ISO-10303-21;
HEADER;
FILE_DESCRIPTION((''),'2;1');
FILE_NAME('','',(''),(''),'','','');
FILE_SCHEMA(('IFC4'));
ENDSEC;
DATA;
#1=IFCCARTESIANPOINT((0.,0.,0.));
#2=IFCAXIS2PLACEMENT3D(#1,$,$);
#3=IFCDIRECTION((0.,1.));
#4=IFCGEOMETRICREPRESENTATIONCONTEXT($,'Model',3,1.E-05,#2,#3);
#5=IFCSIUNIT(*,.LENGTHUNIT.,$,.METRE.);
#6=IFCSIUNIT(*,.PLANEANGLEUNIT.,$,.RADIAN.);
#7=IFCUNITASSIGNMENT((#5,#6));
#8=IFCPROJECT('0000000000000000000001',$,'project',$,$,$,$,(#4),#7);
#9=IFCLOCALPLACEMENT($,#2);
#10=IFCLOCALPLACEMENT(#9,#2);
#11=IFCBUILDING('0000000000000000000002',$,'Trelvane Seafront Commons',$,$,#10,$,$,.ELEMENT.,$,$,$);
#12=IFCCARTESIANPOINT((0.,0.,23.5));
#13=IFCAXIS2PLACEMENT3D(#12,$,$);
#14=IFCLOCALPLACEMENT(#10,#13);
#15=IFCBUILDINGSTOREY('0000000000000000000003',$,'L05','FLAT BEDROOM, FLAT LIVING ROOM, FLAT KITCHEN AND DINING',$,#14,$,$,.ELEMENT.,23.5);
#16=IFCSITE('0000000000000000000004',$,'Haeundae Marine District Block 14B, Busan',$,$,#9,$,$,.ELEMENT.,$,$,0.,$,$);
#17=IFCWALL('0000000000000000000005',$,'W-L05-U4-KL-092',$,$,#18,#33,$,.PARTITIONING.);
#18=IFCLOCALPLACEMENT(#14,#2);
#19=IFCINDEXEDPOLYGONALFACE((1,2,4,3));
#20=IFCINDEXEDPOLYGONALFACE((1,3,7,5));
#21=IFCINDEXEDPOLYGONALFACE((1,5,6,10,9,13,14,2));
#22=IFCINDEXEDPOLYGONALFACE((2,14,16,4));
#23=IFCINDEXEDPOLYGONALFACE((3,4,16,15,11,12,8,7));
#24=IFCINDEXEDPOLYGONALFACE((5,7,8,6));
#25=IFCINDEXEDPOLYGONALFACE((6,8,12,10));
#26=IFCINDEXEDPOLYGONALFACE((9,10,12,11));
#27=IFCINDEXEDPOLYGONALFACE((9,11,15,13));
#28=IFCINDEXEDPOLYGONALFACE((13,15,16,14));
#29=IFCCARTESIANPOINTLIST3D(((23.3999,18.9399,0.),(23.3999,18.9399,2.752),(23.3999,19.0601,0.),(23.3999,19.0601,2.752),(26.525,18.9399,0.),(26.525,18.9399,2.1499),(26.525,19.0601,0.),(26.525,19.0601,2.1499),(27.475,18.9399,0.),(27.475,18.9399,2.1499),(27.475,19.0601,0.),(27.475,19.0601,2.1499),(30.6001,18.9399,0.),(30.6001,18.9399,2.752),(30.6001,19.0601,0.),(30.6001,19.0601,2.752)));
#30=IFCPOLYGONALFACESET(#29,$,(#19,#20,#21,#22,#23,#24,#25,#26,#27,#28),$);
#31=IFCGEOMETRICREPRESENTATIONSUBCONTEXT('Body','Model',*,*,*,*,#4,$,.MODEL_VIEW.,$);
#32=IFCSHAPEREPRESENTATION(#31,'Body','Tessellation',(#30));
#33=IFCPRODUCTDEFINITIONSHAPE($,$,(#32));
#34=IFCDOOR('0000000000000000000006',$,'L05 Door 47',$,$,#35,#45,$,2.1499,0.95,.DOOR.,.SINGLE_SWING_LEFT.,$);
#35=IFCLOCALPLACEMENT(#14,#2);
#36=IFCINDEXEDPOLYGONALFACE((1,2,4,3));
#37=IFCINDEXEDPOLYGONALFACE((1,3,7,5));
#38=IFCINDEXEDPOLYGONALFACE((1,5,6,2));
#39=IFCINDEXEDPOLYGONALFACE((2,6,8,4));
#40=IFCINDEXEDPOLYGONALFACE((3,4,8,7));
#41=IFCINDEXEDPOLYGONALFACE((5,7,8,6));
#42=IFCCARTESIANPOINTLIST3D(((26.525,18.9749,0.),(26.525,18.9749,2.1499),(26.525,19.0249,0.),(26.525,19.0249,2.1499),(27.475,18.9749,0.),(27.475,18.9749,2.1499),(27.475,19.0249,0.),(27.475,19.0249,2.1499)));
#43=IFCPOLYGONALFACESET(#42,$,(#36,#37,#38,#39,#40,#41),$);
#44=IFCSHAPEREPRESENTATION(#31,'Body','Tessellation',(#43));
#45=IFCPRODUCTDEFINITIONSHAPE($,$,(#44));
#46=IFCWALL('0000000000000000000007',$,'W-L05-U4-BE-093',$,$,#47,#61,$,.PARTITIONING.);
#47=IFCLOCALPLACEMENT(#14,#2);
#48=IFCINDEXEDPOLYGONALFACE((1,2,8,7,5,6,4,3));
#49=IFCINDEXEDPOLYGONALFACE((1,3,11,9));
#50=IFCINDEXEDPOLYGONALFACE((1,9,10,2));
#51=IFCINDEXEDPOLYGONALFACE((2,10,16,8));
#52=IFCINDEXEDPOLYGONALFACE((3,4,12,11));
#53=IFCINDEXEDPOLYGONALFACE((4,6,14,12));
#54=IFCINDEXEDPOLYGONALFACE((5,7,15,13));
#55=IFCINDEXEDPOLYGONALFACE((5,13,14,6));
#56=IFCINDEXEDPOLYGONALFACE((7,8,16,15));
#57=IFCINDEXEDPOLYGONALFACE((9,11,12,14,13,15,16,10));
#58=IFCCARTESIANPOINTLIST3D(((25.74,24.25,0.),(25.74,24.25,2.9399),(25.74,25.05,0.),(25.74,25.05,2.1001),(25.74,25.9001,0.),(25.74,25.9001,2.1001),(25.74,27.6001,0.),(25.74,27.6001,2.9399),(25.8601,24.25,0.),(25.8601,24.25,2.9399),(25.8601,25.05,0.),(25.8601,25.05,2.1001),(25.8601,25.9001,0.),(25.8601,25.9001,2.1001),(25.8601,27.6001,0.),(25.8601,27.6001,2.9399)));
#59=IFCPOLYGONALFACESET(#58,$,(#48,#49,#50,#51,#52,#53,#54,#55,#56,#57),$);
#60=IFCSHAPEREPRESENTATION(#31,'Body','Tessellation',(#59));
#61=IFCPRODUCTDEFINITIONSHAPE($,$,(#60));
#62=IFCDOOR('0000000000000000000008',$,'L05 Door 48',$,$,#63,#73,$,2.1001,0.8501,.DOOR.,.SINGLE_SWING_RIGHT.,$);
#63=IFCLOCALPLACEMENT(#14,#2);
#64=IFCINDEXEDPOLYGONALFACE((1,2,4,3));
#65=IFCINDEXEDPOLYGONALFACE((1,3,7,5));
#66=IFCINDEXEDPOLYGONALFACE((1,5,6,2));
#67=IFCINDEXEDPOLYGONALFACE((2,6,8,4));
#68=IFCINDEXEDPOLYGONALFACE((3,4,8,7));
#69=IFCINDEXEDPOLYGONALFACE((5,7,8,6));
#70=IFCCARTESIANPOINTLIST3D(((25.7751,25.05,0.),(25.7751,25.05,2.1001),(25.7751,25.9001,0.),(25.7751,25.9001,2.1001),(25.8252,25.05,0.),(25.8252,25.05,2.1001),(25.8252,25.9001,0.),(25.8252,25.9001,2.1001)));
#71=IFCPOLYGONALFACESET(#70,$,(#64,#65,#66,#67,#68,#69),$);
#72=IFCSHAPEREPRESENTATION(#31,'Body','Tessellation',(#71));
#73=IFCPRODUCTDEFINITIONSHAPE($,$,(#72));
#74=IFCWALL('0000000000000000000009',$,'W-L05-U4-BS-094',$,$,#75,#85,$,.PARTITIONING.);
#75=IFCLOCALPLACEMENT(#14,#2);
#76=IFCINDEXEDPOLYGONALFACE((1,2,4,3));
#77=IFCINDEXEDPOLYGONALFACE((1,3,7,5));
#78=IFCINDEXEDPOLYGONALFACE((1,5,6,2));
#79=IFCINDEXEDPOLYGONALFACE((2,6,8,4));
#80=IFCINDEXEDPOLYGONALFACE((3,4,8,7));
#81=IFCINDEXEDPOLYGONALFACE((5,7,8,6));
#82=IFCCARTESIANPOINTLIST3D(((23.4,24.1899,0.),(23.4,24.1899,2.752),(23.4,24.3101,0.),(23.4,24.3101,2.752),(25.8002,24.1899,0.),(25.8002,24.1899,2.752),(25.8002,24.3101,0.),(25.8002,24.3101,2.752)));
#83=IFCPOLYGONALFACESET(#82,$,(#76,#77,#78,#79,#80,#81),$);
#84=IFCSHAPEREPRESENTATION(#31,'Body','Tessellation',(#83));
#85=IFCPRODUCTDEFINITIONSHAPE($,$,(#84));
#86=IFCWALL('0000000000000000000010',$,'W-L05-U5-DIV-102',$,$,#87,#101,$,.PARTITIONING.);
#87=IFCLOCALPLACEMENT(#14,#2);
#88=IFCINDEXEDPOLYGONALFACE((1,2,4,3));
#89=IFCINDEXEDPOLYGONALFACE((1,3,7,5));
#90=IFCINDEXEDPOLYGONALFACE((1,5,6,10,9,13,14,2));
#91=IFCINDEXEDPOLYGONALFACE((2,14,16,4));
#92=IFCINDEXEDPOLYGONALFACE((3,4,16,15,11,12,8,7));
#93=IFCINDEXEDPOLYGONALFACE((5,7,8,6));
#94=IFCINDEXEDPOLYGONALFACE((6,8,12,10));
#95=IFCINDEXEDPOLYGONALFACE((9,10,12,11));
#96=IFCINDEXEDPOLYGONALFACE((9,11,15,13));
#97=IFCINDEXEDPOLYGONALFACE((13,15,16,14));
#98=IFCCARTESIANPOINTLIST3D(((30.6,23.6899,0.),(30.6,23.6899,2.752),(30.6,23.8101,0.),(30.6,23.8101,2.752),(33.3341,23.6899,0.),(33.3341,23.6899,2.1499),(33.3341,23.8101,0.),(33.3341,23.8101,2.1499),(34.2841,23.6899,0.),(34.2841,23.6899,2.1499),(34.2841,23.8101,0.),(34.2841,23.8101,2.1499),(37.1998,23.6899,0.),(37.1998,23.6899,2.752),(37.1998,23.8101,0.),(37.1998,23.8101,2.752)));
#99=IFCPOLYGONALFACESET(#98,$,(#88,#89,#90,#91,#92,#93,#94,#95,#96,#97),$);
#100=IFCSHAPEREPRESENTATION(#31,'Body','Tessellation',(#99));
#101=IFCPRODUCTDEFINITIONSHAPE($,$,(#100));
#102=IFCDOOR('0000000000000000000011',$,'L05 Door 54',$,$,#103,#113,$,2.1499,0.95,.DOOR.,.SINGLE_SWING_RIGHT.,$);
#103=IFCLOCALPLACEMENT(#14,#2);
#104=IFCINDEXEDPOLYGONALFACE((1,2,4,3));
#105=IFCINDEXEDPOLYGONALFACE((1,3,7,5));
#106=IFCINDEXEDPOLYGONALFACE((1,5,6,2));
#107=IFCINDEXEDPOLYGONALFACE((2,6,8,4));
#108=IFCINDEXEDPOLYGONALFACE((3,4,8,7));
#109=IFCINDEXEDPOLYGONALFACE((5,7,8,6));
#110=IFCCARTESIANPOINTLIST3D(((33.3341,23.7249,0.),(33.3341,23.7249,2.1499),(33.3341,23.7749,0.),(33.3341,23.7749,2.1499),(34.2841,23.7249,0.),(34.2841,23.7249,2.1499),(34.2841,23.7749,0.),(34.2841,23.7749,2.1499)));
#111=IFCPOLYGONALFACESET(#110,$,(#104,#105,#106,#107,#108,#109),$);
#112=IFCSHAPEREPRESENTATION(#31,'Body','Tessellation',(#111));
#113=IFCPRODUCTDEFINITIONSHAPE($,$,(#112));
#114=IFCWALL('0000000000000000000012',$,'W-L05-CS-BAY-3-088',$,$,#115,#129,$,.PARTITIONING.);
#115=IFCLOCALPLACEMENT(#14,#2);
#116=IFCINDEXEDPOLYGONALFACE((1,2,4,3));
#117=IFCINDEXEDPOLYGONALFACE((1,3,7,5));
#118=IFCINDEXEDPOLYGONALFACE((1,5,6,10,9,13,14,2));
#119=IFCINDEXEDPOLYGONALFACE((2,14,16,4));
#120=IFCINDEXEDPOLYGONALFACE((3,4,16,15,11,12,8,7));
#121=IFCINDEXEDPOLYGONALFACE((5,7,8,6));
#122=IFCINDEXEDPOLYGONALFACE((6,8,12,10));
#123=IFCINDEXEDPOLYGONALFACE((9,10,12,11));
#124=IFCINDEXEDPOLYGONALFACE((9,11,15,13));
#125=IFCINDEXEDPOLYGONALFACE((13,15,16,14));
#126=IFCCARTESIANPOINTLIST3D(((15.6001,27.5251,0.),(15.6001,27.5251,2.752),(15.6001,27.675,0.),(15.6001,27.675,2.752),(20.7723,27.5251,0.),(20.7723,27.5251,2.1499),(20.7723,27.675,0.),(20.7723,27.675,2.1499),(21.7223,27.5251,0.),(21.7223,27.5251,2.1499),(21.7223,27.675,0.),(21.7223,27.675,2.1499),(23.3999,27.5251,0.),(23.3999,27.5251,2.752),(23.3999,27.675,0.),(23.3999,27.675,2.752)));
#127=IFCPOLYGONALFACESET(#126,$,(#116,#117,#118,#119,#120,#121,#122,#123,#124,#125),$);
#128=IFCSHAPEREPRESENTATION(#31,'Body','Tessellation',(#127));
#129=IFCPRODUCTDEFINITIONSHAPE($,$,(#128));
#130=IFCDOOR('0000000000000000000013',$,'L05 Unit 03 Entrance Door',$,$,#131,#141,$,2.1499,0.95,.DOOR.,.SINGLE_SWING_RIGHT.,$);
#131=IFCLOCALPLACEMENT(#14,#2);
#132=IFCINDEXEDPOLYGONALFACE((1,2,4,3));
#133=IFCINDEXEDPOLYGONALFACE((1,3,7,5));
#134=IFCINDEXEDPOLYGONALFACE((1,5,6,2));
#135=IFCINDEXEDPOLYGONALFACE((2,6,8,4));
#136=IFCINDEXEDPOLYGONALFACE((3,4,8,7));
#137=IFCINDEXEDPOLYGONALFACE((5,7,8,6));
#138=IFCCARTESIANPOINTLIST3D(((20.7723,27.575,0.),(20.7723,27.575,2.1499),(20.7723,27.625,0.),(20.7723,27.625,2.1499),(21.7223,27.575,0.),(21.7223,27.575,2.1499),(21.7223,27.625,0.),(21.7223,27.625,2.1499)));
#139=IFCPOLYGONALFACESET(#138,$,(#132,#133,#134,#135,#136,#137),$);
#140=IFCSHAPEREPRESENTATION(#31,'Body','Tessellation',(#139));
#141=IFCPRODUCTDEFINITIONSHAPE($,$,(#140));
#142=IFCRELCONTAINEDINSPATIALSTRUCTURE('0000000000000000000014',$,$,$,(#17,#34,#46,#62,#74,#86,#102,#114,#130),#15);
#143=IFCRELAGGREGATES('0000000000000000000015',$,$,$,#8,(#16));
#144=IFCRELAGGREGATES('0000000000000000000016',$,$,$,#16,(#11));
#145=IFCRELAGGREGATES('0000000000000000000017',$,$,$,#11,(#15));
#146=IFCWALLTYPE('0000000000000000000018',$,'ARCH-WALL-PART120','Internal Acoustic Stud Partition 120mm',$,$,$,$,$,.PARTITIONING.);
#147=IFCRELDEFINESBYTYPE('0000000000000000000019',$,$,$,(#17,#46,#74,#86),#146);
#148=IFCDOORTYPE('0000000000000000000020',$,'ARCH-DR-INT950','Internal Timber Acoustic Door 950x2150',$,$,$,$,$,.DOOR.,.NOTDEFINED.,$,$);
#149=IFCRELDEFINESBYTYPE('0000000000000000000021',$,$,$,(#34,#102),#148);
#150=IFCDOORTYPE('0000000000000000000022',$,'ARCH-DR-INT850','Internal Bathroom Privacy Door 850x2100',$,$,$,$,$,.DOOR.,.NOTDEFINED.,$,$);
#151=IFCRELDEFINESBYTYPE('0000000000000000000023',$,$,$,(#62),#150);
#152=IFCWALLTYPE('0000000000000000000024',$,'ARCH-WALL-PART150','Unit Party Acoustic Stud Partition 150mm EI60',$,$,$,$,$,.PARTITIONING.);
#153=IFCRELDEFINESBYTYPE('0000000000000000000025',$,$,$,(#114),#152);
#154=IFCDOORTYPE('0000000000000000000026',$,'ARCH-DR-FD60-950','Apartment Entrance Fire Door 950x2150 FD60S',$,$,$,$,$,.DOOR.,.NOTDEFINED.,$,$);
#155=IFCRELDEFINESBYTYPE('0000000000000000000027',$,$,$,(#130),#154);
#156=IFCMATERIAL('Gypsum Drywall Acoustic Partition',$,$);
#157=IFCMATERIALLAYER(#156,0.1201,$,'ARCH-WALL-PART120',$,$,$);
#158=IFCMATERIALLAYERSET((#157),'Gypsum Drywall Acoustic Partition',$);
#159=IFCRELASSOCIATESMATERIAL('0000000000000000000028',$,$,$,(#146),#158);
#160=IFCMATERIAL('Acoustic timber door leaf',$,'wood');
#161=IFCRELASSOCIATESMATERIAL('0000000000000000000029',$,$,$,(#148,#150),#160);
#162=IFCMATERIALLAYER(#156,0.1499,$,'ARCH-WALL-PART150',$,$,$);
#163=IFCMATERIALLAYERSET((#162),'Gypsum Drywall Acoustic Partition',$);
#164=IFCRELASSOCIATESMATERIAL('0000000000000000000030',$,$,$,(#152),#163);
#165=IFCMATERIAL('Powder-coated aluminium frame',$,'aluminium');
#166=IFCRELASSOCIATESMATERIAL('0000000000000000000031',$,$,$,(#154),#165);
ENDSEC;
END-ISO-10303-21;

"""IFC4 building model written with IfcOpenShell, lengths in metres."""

from ifc_helpers import new_model, si_unit, direction, frame, frame_2d, origin, place, context, subcontext, project, spatial, rectangle, extrude, source, transform, mapped, material, layer, layer_set, type_object, element, fill, save


model = new_model("IFC4")

# Units and contexts
model_context = context("Model", 3, precision=1e-05, world=origin(), true_north=direction((0.0, 1.0)))
body_context = subcontext(model_context, "Body", "Model", "MODEL_VIEW")
ifc_project = project(units=[si_unit("LENGTHUNIT", "METRE"), si_unit("PLANEANGLEUNIT", "RADIAN")], contexts=[model_context])

# Site, building, storey
site_placement = place(None, origin())
site = spatial("IfcSite", under=ifc_project, at=site_placement, Name="Haeundae Marine District Block 14B, Busan", CompositionType="ELEMENT", RefElevation=0.0)
building_placement = place(site_placement, origin())
building = spatial("IfcBuilding", under=site, at=building_placement, Name="Trelvane Seafront Commons", CompositionType="ELEMENT")
storey_placement = place(building_placement, frame((0.0, 0.0, 23.5)))
storey = spatial("IfcBuildingStorey", under=building, at=storey_placement, Name="L05", Description="FLAT BEDROOM, FLAT LIVING ROOM, FLAT KITCHEN AND DINING", CompositionType="ELEMENT", Elevation=23.5)

# Shared definitions
ifc_material_1 = material(Name="Gypsum Drywall Acoustic Partition")
ifc_layer_1 = layer(ifc_material_1, 0.1201, Name="ARCH-WALL-PART120")
ifc_layer_set_1 = layer_set([ifc_layer_1], Name="Gypsum Drywall Acoustic Partition")
wall_type_1 = type_object("IfcWallType", Name="ARCH-WALL-PART120", Description="Internal Acoustic Stud Partition 120mm", PredefinedType="PARTITIONING", material=ifc_layer_set_1)
ifc_material_2 = material(Name="Acoustic timber door leaf", Category="wood")
door_type_1 = type_object("IfcDoorType", Name="ARCH-DR-INT950", Description="Internal Timber Acoustic Door 950x2150", OperationType="NOTDEFINED", PredefinedType="DOOR", material=ifc_material_2)
shared_shape_1 = source(origin(), body_context, "Body", "SweptSolid", [
    extrude(rectangle(XDim=0.95, YDim=2.1499, at=frame_2d((0.4751, 1.075))), frame((0.0, 0.0249, 0.0), z_axis=(0.0, -1.0, 0.0), x_axis=(1.0, 0.0, 0.0)), (0.0, 0.0, 1.0), 0.05),
])

# Shared definitions
door_type_2 = type_object("IfcDoorType", Name="ARCH-DR-INT850", Description="Internal Bathroom Privacy Door 850x2100", OperationType="NOTDEFINED", PredefinedType="DOOR", material=ifc_material_2)
shared_shape_2 = source(origin(), body_context, "Body", "SweptSolid", [
    extrude(rectangle(XDim=0.8501, YDim=2.1001, at=frame_2d((0.425, 1.05))), frame((0.0, 0.0249, 0.0), z_axis=(0.0, -1.0, 0.0), x_axis=(1.0, 0.0, 0.0)), (0.0, 0.0, 1.0), 0.05),
])

# Walls, openings, doors
wall_1_placement = place(storey_placement, frame((23.3999, 19.0, 0.0), z_axis=(0.0, 0.0, 1.0), x_axis=(1.0, 0.0, 0.0)))
wall_1 = element("IfcWall", 1, at=wall_1_placement, inside=storey, type_object=wall_type_1, Name="W-L05-U4-KL-092", PredefinedType="PARTITIONING", context=body_context, shape_type="SweptSolid", body=[
    extrude(rectangle(XDim=7.2002, YDim=0.1201, at=frame_2d((3.6001, 0.0))), origin(), (0.0, 0.0, 1.0), 2.752),
])
opening_1_placement = place(wall_1_placement, frame((3.125, 0.0, 0.0)))
opening_1 = element("IfcOpeningElement", 2, at=opening_1_placement, cuts=wall_1, PredefinedType="OPENING", context=body_context, shape_type="SweptSolid", body=[
    extrude(rectangle(XDim=0.95, YDim=2.1499, at=frame_2d((0.4751, 1.075))), frame((0.0, 0.0701, 0.0), z_axis=(0.0, -1.0, 0.0), x_axis=(1.0, 0.0, 0.0)), (0.0, 0.0, 1.0), 0.1401),
])
door_1_placement = place(opening_1_placement, origin())
door_1 = element("IfcDoor", 3, at=door_1_placement, inside=storey, type_object=door_type_1, Name="L05 Door 47", OperationType="SINGLE_SWING_LEFT", OverallHeight=2.1499, OverallWidth=0.95, PredefinedType="DOOR", context=body_context, shape_type="MappedRepresentation", body=[
    mapped(shared_shape_1, transform((0.0, 0.0, 0.0), x_axis=(1.0, 0.0, 0.0), y_axis=(0.0, 1.0, 0.0), z_axis=(0.0, 0.0, 1.0), scale=1.0)),
])
fill(opening_1, door_1)
wall_2_placement = place(storey_placement, frame((25.8, 24.25, 0.0), z_axis=(0.0, 0.0, 1.0), x_axis=(0.0, 1.0, 0.0)))
wall_2 = element("IfcWall", 4, at=wall_2_placement, inside=storey, type_object=wall_type_1, Name="W-L05-U4-BE-093", PredefinedType="PARTITIONING", context=body_context, shape_type="SweptSolid", body=[
    extrude(rectangle(XDim=3.3501, YDim=0.1201, at=frame_2d((1.675, 0.0))), origin(), (0.0, 0.0, 1.0), 2.9399),
])
opening_2_placement = place(wall_2_placement, frame((0.8, 0.0, 0.0)))
opening_2 = element("IfcOpeningElement", 5, at=opening_2_placement, cuts=wall_2, PredefinedType="OPENING", context=body_context, shape_type="SweptSolid", body=[
    extrude(rectangle(XDim=0.8501, YDim=2.1001, at=frame_2d((0.425, 1.05))), frame((0.0, 0.0701, 0.0), z_axis=(0.0, -1.0, 0.0), x_axis=(1.0, 0.0, 0.0)), (0.0, 0.0, 1.0), 0.1401),
])
door_2_placement = place(opening_2_placement, origin())
door_2 = element("IfcDoor", 6, at=door_2_placement, inside=storey, type_object=door_type_2, Name="L05 Door 48", OperationType="SINGLE_SWING_RIGHT", OverallHeight=2.1001, OverallWidth=0.8501, PredefinedType="DOOR", context=body_context, shape_type="MappedRepresentation", body=[
    mapped(shared_shape_2, transform((0.0, 0.0, 0.0), x_axis=(1.0, 0.0, 0.0), y_axis=(0.0, 1.0, 0.0), z_axis=(0.0, 0.0, 1.0), scale=1.0)),
])
fill(opening_2, door_2)

# Wall
wall_3_placement = place(storey_placement, frame((23.3999, 24.25, 0.0), z_axis=(0.0, 0.0, 1.0), x_axis=(1.0, 0.0, 0.0)))
element("IfcWall", 7, at=wall_3_placement, inside=storey, type_object=wall_type_1, Name="W-L05-U4-BS-094", PredefinedType="PARTITIONING", context=body_context, shape_type="SweptSolid", body=[
    extrude(rectangle(XDim=2.4001, YDim=0.1201, at=frame_2d((1.2002, 0.0))), origin(), (0.0, 0.0, 1.0), 2.752),
])

# Walls, openings, doors
wall_4_placement = place(storey_placement, frame((30.6001, 23.75, 0.0), z_axis=(0.0, 0.0, 1.0), x_axis=(1.0, 0.0, 0.0)))
wall_4 = element("IfcWall", 8, at=wall_4_placement, inside=storey, type_object=wall_type_1, Name="W-L05-U5-DIV-102", PredefinedType="PARTITIONING", context=body_context, shape_type="SweptSolid", body=[
    extrude(rectangle(XDim=6.5999, YDim=0.1201, at=frame_2d((3.2998, 0.0))), origin(), (0.0, 0.0, 1.0), 2.752),
])
opening_3_placement = place(wall_4_placement, frame((2.7339, 0.0, 0.0)))
opening_3 = element("IfcOpeningElement", 9, at=opening_3_placement, cuts=wall_4, PredefinedType="OPENING", context=body_context, shape_type="SweptSolid", body=[
    extrude(rectangle(XDim=0.95, YDim=2.1499, at=frame_2d((0.4751, 1.075))), frame((0.0, 0.0701, 0.0), z_axis=(0.0, -1.0, 0.0), x_axis=(1.0, 0.0, 0.0)), (0.0, 0.0, 1.0), 0.1401),
])
door_3_placement = place(opening_3_placement, origin())
door_3 = element("IfcDoor", 10, at=door_3_placement, inside=storey, type_object=door_type_1, Name="L05 Door 54", OperationType="SINGLE_SWING_RIGHT", OverallHeight=2.1499, OverallWidth=0.95, PredefinedType="DOOR", context=body_context, shape_type="MappedRepresentation", body=[
    mapped(shared_shape_1, transform((0.0, 0.0, 0.0), x_axis=(1.0, 0.0, 0.0), y_axis=(0.0, 1.0, 0.0), z_axis=(0.0, 0.0, 1.0), scale=1.0)),
])
fill(opening_3, door_3)
ifc_layer_2 = layer(ifc_material_1, 0.1499, Name="ARCH-WALL-PART150")
ifc_layer_set_2 = layer_set([ifc_layer_2], Name="Gypsum Drywall Acoustic Partition")
wall_type_2 = type_object("IfcWallType", Name="ARCH-WALL-PART150", Description="Unit Party Acoustic Stud Partition 150mm EI60", PredefinedType="PARTITIONING", material=ifc_layer_set_2)
wall_5_placement = place(storey_placement, frame((15.6001, 27.6001, 0.0), z_axis=(0.0, 0.0, 1.0), x_axis=(1.0, 0.0, 0.0)))
wall_5 = element("IfcWall", 11, at=wall_5_placement, inside=storey, type_object=wall_type_2, Name="W-L05-CS-BAY-3-088", PredefinedType="PARTITIONING", context=body_context, shape_type="SweptSolid", body=[
    extrude(rectangle(XDim=7.7998, YDim=0.1499, at=frame_2d((3.8999, 0.0))), origin(), (0.0, 0.0, 1.0), 2.752),
])
opening_4_placement = place(wall_5_placement, frame((5.1721, 0.0, 0.0)))
opening_4 = element("IfcOpeningElement", 12, at=opening_4_placement, cuts=wall_5, PredefinedType="OPENING", context=body_context, shape_type="SweptSolid", body=[
    extrude(rectangle(XDim=0.95, YDim=2.1499, at=frame_2d((0.4751, 1.075))), frame((0.0, 0.085, 0.0), z_axis=(0.0, -1.0, 0.0), x_axis=(1.0, 0.0, 0.0)), (0.0, 0.0, 1.0), 0.1699),
])
ifc_material_3 = material(Name="Powder-coated aluminium frame", Category="aluminium")
door_type_3 = type_object("IfcDoorType", Name="ARCH-DR-FD60-950", Description="Apartment Entrance Fire Door 950x2150 FD60S", OperationType="NOTDEFINED", PredefinedType="DOOR", material=ifc_material_3)
door_4_placement = place(opening_4_placement, origin())
door_4 = element("IfcDoor", 13, at=door_4_placement, inside=storey, type_object=door_type_3, Name="L05 Unit 03 Entrance Door", OperationType="SINGLE_SWING_RIGHT", OverallHeight=2.1499, OverallWidth=0.95, PredefinedType="DOOR", context=body_context, shape_type="MappedRepresentation", body=[
    mapped(shared_shape_1, transform((0.0, 0.0, 0.0), x_axis=(1.0, 0.0, 0.0), y_axis=(0.0, 1.0, 0.0), z_axis=(0.0, 0.0, 1.0), scale=1.0)),
])
fill(opening_4, door_4)

save(model, "model.ifc")
